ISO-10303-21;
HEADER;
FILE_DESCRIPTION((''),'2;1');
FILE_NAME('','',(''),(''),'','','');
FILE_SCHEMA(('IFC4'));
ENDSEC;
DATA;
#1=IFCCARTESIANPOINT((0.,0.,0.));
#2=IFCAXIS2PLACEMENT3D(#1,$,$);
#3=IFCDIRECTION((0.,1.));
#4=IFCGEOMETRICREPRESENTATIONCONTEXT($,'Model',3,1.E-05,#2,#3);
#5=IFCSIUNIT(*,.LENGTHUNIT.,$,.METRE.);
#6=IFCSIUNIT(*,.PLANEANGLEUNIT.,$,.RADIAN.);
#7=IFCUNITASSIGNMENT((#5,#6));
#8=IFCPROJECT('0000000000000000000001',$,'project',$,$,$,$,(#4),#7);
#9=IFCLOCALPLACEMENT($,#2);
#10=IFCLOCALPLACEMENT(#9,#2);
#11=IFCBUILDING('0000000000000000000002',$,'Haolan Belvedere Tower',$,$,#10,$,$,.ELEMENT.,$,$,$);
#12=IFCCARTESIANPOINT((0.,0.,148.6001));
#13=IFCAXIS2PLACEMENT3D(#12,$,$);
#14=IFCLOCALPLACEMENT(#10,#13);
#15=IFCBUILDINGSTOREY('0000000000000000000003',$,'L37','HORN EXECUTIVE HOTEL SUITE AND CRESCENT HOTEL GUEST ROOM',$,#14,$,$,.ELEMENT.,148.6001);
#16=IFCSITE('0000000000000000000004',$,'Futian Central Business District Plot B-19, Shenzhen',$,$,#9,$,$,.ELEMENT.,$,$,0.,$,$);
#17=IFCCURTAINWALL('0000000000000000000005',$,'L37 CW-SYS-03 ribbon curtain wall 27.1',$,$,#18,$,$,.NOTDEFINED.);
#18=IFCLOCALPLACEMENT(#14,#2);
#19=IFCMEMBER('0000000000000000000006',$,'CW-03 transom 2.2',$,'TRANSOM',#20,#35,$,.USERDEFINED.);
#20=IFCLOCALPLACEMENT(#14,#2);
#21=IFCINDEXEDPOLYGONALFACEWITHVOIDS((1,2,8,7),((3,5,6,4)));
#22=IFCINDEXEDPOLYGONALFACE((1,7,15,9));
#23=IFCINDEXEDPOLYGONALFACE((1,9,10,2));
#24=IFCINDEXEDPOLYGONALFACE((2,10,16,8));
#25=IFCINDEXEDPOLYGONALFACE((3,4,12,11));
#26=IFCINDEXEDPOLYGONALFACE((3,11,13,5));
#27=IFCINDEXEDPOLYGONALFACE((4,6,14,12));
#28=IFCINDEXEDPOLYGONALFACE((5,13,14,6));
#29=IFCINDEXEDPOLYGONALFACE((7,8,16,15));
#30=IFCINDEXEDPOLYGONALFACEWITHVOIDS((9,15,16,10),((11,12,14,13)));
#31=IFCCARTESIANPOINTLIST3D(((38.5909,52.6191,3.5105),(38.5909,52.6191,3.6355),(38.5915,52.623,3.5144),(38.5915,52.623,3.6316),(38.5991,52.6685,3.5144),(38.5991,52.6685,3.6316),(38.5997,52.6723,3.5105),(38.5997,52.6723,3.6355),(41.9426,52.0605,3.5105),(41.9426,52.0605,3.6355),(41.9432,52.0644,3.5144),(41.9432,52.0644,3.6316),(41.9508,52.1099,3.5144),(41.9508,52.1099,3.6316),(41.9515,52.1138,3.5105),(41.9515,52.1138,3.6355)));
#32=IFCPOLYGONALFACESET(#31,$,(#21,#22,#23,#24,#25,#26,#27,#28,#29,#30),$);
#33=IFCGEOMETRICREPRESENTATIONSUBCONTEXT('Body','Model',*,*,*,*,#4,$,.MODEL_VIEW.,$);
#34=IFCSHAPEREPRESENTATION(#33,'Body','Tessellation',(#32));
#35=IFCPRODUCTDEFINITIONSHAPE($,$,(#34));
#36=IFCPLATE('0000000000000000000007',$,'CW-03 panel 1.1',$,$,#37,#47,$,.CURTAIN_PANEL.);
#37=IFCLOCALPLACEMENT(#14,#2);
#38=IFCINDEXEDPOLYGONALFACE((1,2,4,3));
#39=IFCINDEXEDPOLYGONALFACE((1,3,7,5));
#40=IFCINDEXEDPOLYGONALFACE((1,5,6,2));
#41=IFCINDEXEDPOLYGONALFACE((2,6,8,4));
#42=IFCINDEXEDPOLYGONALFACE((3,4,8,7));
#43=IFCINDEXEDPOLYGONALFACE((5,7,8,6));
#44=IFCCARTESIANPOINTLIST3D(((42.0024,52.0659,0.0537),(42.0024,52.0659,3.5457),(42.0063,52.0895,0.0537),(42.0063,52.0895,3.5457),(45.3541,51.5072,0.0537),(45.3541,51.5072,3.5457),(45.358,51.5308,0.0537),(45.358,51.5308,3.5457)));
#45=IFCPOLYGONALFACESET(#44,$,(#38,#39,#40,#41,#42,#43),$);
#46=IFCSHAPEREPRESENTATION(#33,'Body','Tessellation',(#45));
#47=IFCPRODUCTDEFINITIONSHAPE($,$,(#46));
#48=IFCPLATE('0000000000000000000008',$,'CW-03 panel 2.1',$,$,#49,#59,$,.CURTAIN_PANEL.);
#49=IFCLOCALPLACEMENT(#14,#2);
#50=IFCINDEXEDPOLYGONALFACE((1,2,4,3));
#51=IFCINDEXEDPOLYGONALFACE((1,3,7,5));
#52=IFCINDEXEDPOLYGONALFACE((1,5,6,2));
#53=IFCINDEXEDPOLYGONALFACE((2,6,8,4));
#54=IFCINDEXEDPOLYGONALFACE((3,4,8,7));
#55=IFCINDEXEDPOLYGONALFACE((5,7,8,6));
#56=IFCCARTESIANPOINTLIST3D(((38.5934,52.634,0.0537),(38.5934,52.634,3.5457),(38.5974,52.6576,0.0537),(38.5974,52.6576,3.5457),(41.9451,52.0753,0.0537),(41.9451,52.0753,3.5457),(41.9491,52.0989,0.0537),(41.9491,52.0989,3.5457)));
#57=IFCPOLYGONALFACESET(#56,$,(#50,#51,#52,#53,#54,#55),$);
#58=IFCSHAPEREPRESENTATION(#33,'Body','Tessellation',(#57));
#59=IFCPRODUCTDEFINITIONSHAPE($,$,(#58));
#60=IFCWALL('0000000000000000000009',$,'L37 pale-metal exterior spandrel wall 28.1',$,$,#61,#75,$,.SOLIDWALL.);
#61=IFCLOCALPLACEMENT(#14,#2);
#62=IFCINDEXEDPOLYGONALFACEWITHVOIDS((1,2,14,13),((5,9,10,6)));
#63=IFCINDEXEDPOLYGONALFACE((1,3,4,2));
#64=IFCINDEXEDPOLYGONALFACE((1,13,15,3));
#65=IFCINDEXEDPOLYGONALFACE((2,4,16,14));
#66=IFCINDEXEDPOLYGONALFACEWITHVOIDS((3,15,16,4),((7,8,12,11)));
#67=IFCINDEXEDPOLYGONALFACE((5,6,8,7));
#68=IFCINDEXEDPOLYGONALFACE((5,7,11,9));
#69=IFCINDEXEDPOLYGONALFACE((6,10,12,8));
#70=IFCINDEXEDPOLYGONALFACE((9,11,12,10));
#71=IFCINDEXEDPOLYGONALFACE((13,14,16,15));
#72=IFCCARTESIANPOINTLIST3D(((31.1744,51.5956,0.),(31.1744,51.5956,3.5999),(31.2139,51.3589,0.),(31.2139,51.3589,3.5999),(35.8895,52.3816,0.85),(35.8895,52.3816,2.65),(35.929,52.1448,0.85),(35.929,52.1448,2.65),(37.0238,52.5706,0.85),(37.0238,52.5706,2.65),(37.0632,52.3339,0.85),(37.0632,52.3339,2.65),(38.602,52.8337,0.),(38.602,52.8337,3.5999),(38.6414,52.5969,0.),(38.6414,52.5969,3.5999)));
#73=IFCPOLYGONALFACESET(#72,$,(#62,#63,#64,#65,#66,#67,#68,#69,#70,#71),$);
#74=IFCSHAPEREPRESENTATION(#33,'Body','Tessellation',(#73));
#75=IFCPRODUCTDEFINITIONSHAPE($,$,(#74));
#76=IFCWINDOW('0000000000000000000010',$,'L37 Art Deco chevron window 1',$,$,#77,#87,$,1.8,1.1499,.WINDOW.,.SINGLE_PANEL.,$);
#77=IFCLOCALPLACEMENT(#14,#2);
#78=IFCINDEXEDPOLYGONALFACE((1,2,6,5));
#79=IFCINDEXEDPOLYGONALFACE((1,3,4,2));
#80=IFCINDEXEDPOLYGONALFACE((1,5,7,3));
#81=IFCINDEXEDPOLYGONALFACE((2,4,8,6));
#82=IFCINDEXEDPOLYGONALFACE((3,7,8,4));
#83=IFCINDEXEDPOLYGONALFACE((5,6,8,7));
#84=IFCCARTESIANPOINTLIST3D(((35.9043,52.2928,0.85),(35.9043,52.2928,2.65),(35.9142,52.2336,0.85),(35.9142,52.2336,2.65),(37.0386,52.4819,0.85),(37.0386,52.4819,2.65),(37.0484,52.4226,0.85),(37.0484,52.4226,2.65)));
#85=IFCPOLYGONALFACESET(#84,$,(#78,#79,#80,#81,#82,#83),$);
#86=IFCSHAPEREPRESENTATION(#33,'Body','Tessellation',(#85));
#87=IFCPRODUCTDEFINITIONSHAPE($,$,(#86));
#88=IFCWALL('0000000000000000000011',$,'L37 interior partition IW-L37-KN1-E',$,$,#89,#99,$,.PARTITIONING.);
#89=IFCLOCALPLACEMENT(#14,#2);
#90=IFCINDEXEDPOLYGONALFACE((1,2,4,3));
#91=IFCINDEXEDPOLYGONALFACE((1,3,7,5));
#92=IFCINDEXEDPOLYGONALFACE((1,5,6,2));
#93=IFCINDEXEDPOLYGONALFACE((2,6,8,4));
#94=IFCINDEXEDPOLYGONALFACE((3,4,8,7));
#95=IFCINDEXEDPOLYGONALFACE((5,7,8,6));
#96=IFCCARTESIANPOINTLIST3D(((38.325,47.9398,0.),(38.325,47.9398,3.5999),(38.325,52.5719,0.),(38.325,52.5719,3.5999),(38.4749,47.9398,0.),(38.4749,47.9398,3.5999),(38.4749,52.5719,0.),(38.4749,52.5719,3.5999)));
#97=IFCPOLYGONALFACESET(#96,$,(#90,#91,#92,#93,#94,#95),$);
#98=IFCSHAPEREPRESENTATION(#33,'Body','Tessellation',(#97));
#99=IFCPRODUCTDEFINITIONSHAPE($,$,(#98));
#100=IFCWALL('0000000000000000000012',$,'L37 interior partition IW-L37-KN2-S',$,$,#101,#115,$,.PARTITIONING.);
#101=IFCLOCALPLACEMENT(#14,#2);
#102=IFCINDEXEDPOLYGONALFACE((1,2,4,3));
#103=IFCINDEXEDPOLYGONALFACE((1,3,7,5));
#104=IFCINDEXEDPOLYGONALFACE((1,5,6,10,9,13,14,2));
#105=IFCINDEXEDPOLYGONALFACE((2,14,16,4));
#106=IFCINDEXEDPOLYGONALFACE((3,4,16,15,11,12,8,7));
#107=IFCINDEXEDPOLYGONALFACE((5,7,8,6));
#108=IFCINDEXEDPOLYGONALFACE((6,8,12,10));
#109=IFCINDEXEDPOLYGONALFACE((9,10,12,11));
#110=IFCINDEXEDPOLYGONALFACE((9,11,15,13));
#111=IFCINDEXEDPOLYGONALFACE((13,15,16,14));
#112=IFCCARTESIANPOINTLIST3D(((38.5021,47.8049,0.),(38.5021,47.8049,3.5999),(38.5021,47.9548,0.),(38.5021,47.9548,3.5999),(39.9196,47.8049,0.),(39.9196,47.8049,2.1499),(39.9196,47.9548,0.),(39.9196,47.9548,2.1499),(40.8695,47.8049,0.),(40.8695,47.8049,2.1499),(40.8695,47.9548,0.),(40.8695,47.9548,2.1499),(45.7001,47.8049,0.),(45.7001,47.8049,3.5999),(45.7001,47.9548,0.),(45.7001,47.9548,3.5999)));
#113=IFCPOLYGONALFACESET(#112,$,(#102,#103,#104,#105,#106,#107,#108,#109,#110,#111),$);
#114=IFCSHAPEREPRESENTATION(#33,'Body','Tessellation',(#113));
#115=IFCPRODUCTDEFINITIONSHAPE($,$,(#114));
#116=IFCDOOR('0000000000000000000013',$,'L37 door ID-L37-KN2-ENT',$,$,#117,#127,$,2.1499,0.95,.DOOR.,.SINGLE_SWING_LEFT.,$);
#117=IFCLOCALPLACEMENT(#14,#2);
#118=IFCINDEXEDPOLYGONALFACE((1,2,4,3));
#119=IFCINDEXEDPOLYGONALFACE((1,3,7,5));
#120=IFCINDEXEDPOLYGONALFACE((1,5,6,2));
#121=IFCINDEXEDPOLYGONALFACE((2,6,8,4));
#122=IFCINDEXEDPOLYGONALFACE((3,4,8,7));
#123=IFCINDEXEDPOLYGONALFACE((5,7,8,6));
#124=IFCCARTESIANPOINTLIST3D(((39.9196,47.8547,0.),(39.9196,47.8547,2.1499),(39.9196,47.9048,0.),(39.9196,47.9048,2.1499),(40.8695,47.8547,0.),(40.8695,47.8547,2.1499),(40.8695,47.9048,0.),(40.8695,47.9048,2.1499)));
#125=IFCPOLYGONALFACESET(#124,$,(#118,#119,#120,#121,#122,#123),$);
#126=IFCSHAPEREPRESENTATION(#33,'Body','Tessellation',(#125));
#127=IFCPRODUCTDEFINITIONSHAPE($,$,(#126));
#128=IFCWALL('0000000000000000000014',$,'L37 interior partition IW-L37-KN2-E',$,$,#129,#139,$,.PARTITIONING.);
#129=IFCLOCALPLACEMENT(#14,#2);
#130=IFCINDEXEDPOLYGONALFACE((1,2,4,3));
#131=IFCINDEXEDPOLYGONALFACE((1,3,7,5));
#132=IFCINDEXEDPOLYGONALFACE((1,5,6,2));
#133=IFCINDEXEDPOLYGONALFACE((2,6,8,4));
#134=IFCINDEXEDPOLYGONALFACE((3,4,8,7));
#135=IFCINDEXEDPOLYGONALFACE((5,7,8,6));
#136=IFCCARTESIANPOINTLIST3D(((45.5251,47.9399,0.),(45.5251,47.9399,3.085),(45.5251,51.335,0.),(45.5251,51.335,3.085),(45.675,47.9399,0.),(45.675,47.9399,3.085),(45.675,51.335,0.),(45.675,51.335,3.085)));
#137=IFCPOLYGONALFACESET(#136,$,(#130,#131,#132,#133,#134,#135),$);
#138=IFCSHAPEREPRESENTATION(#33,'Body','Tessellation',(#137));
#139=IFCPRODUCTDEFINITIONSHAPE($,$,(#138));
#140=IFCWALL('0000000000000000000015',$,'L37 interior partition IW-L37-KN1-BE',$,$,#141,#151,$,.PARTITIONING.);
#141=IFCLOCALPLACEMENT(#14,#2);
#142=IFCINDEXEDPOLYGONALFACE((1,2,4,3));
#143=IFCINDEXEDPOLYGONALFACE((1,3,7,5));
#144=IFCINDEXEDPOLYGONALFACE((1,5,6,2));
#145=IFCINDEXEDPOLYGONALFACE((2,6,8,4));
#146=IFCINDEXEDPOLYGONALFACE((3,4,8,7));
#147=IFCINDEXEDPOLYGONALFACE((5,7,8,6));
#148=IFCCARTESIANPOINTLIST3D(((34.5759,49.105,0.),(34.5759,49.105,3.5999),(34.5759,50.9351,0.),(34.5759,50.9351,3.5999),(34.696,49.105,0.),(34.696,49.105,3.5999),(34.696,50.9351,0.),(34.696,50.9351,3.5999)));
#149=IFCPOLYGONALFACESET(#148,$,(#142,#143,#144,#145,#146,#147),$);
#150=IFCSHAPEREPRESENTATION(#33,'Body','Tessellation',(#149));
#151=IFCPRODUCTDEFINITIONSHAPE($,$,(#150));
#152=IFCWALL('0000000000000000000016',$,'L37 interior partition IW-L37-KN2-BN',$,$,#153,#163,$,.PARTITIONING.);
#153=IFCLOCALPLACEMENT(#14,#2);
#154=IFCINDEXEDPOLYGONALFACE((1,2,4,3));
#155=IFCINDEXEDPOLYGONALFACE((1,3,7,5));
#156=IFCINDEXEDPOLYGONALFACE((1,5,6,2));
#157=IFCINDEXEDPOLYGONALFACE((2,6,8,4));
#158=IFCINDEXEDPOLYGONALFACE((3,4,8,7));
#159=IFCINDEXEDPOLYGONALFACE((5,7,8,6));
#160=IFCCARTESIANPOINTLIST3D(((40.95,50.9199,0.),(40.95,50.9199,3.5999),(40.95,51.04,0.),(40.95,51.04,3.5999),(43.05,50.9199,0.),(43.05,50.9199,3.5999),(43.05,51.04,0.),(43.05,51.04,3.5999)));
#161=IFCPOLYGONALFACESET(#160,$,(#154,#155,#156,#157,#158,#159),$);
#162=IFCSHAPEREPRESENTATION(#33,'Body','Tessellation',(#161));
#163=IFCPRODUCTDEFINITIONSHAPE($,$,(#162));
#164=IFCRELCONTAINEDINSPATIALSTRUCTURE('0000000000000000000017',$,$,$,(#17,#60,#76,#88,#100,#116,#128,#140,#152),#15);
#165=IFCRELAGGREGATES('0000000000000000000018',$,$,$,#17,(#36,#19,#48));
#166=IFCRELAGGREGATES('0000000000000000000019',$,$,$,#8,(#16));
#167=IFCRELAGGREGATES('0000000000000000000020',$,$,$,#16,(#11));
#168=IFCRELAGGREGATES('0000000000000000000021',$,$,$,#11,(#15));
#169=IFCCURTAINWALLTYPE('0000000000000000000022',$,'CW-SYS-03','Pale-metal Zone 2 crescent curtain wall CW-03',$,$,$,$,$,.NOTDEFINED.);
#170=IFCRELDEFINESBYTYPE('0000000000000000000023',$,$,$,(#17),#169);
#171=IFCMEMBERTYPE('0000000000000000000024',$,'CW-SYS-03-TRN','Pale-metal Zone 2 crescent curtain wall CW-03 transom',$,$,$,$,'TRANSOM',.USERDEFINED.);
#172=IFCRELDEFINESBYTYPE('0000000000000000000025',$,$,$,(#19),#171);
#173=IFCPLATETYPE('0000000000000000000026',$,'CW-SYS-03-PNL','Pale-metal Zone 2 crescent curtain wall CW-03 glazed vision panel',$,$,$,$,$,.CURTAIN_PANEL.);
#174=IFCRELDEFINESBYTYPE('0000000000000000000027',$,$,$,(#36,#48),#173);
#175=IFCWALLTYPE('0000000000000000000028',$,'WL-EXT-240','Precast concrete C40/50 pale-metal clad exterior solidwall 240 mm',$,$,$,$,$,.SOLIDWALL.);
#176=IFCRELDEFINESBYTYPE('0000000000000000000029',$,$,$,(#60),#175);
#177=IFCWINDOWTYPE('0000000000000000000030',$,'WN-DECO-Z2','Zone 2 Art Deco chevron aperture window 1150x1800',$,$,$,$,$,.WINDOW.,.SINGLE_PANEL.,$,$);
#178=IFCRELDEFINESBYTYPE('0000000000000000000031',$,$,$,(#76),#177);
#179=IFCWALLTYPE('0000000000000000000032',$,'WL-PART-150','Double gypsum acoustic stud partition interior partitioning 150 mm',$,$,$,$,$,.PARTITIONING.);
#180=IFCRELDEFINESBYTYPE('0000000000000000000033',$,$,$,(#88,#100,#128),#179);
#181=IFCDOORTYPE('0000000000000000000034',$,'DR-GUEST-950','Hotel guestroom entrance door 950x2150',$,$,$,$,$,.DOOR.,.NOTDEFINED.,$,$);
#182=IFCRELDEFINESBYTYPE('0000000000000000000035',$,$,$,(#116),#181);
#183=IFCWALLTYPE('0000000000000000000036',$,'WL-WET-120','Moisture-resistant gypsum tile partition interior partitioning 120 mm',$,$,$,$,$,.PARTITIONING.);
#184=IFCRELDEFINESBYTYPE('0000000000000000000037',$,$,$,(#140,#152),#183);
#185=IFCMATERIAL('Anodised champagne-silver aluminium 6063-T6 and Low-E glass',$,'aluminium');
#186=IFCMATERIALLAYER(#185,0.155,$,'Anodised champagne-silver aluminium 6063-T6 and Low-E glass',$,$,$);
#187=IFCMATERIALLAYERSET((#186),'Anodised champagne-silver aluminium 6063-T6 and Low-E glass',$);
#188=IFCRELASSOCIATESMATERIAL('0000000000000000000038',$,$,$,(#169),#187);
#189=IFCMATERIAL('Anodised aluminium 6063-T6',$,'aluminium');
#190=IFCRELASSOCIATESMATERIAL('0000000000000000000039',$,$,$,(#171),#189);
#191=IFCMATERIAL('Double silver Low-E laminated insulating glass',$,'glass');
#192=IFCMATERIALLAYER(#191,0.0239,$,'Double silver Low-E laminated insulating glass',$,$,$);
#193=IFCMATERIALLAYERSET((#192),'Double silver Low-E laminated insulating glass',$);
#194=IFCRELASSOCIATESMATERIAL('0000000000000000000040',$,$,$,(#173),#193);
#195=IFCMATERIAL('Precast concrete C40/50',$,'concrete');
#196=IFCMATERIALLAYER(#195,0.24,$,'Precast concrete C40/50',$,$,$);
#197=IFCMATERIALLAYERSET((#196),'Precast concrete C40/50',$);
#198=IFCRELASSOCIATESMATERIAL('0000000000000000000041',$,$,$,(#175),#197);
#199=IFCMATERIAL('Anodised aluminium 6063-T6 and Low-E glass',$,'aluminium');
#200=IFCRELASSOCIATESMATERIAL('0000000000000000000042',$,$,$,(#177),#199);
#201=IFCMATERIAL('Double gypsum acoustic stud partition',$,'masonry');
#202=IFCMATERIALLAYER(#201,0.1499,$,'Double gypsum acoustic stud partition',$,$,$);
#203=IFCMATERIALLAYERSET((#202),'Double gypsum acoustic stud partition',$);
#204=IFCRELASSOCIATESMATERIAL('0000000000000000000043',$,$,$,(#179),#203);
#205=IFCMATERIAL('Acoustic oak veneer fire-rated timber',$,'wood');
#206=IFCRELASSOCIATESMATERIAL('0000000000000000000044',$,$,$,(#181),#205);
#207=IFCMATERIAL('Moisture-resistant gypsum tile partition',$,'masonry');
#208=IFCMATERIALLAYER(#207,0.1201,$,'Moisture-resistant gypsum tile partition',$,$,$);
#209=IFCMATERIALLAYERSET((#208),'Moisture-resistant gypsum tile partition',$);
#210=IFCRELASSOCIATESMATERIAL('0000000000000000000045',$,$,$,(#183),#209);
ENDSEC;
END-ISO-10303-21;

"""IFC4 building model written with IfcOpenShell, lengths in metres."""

from ifc_helpers import new_model, si_unit, direction, frame, frame_2d, origin, origin_2d, place, context, subcontext, project, spatial, rectangle, hollow_rectangle, extrude, material, layer, layer_set, material_profile, profile_set, type_object, element, fill, aggregate, save


model = new_model("IFC4")

# Units and contexts
model_context = context("Model", 3, precision=1e-05, world=origin(), true_north=direction((0.0, 1.0)))
body_context = subcontext(model_context, "Body", "Model", "MODEL_VIEW")
ifc_project = project(units=[si_unit("LENGTHUNIT", "METRE"), si_unit("PLANEANGLEUNIT", "RADIAN")], contexts=[model_context])

# Site, building, storey
site_placement = place(None, origin())
site = spatial("IfcSite", under=ifc_project, at=site_placement, Name="Futian Central Business District Plot B-19, Shenzhen", CompositionType="ELEMENT", RefElevation=0.0)
building_placement = place(site_placement, origin())
building = spatial("IfcBuilding", under=site, at=building_placement, Name="Haolan Belvedere Tower", CompositionType="ELEMENT")
storey_placement = place(building_placement, frame((0.0, 0.0, 148.6001)))
storey = spatial("IfcBuildingStorey", under=building, at=storey_placement, Name="L37", Description="HORN EXECUTIVE HOTEL SUITE AND CRESCENT HOTEL GUEST ROOM", CompositionType="ELEMENT", Elevation=148.6001)

# Curtain wall, member, plates
ifc_material_1 = material(Name="Anodised champagne-silver aluminium 6063-T6 and Low-E glass", Category="aluminium")
ifc_layer_1 = layer(ifc_material_1, 0.155, Name="Anodised champagne-silver aluminium 6063-T6 and Low-E glass")
ifc_layer_set_1 = layer_set([ifc_layer_1], Name="Anodised champagne-silver aluminium 6063-T6 and Low-E glass")
curtain_wall_type = type_object("IfcCurtainWallType", Name="CW-SYS-03", Description="Pale-metal Zone 2 crescent curtain wall CW-03", PredefinedType="NOTDEFINED", material=ifc_layer_set_1)
curtain_wall_placement = place(storey_placement, origin())
curtain_wall = element("IfcCurtainWall", 1, at=curtain_wall_placement, inside=storey, type_object=curtain_wall_type, Name="L37 CW-SYS-03 ribbon curtain wall 27.1", PredefinedType="NOTDEFINED")
ifc_material_2 = material(Name="Anodised aluminium 6063-T6", Category="aluminium")
ifc_material_profile_1 = material_profile(ifc_material_2, hollow_rectangle(XDim=0.054, YDim=0.125, WallThickness=0.0039, at=origin_2d()), Name="Anodised aluminium 6063-T6")
ifc_profile_set_1 = profile_set([ifc_material_profile_1], Name="Anodised aluminium 6063-T6")
member_type_1 = type_object("IfcMemberType", Name="CW-SYS-03-TRN", Description="Pale-metal Zone 2 crescent curtain wall CW-03 transom", ElementType="TRANSOM", PredefinedType="USERDEFINED", material=ifc_profile_set_1)
member_1_placement = place(storey_placement, frame((41.947, 52.0872, 3.573), z_axis=(-0.986396, 0.164387, 0.0), x_axis=(-0.164387, -0.986396, 0.0)))
member_1 = element("IfcMember", 2, at=member_1_placement, type_object=member_type_1, Name="CW-03 transom 2.2", ObjectType="TRANSOM", PredefinedType="USERDEFINED", context=body_context, shape_type="SweptSolid", body=[
    extrude(hollow_rectangle(XDim=0.054, YDim=0.125, WallThickness=0.0039, at=origin_2d()), origin(), (0.0, 0.0, 1.0), 3.3979),
])
ifc_material_3 = material(Name="Double silver Low-E laminated insulating glass", Category="glass")
ifc_layer_2 = layer(ifc_material_3, 0.0239, Name="Double silver Low-E laminated insulating glass")
ifc_layer_set_2 = layer_set([ifc_layer_2], Name="Double silver Low-E laminated insulating glass")
plate_type = type_object("IfcPlateType", Name="CW-SYS-03-PNL", Description="Pale-metal Zone 2 crescent curtain wall CW-03 glazed vision panel", PredefinedType="CURTAIN_PANEL", material=ifc_layer_set_2)
plate_1_placement = place(storey_placement, frame((43.6802, 51.7983, 0.0537), z_axis=(0.0, 0.0, 1.0), x_axis=(-0.986393, 0.164404, 0.0)))
plate_1 = element("IfcPlate", 3, at=plate_1_placement, type_object=plate_type, Name="CW-03 panel 1.1", PredefinedType="CURTAIN_PANEL", context=body_context, shape_type="SweptSolid", body=[
    extrude(rectangle(XDim=3.3979, YDim=0.0239, at=origin_2d()), origin(), (0.0, 0.0, 1.0), 3.4919),
])
plate_2_placement = place(storey_placement, frame((40.2712, 52.3665, 0.0537), z_axis=(0.0, 0.0, 1.0), x_axis=(-0.986393, 0.164404, 0.0)))
plate_2 = element("IfcPlate", 4, at=plate_2_placement, type_object=plate_type, Name="CW-03 panel 2.1", PredefinedType="CURTAIN_PANEL", context=body_context, shape_type="SweptSolid", body=[
    extrude(rectangle(XDim=3.3979, YDim=0.0239, at=origin_2d()), origin(), (0.0, 0.0, 1.0), 3.4919),
])
aggregate(curtain_wall, [plate_1, member_1, plate_2])

# Wall, opening, window
ifc_material_4 = material(Name="Precast concrete C40/50", Category="concrete")
ifc_layer_3 = layer(ifc_material_4, 0.24, Name="Precast concrete C40/50")
ifc_layer_set_3 = layer_set([ifc_layer_3], Name="Precast concrete C40/50")
wall_type_1 = type_object("IfcWallType", Name="WL-EXT-240", Description="Precast concrete C40/50 pale-metal clad exterior solidwall 240 mm", PredefinedType="SOLIDWALL", material=ifc_layer_set_3)
wall_1_placement = place(storey_placement, frame((38.6218, 52.7153, 0.0), z_axis=(0.0, 0.0, 1.0), x_axis=(-0.986391, -0.164415, 0.0)))
wall_1 = element("IfcWall", 5, at=wall_1_placement, inside=storey, type_object=wall_type_1, Name="L37 pale-metal exterior spandrel wall 28.1", PredefinedType="SOLIDWALL", context=body_context, shape_type="SweptSolid", body=[
    extrude(rectangle(XDim=7.53, YDim=0.24, at=frame_2d((3.7651, 0.0))), origin(), (0.0, 0.0, 1.0), 3.5999),
])
opening_1_placement = place(wall_1_placement, frame((1.6001, 0.0, 0.8501)))
opening_1 = element("IfcOpeningElement", 6, at=opening_1_placement, cuts=wall_1, PredefinedType="OPENING", context=body_context, shape_type="SweptSolid", body=[
    extrude(rectangle(XDim=1.1499, YDim=1.8, at=frame_2d((0.575, 0.8999))), frame((0.0, 0.1299, 0.0), z_axis=(0.0, -1.0, 0.0), x_axis=(1.0, 0.0, 0.0)), (0.0, 0.0, 1.0), 0.26),
])
ifc_material_5 = material(Name="Anodised aluminium 6063-T6 and Low-E glass", Category="aluminium")
window_type = type_object("IfcWindowType", Name="WN-DECO-Z2", Description="Zone 2 Art Deco chevron aperture window 1150x1800", PartitioningType="SINGLE_PANEL", PredefinedType="WINDOW", material=ifc_material_5)
window_placement = place(opening_1_placement, origin())
window = element("IfcWindow", 7, at=window_placement, inside=storey, type_object=window_type, Name="L37 Art Deco chevron window 1", OverallHeight=1.8, OverallWidth=1.1499, PartitioningType="SINGLE_PANEL", PredefinedType="WINDOW", context=body_context, shape_type="SweptSolid", body=[
    extrude(rectangle(XDim=1.1499, YDim=1.8, at=frame_2d((0.575, 0.8999))), frame((0.0, 0.03, 0.0), z_axis=(0.0, -1.0, 0.0), x_axis=(1.0, 0.0, 0.0)), (0.0, 0.0, 1.0), 0.0601),
])
fill(opening_1, window)

# Wall
ifc_material_6 = material(Name="Double gypsum acoustic stud partition", Category="masonry")
ifc_layer_4 = layer(ifc_material_6, 0.1499, Name="Double gypsum acoustic stud partition")
ifc_layer_set_4 = layer_set([ifc_layer_4], Name="Double gypsum acoustic stud partition")
wall_type_2 = type_object("IfcWallType", Name="WL-PART-150", Description="Double gypsum acoustic stud partition interior partitioning 150 mm", PredefinedType="PARTITIONING", material=ifc_layer_set_4)
wall_2_placement = place(storey_placement, frame((38.3999, 47.9399, 0.0), z_axis=(0.0, 0.0, 1.0), x_axis=(0.0, 1.0, 0.0)))
element("IfcWall", 8, at=wall_2_placement, inside=storey, type_object=wall_type_2, Name="L37 interior partition IW-L37-KN1-E", PredefinedType="PARTITIONING", context=body_context, shape_type="SweptSolid", body=[
    extrude(rectangle(XDim=4.6321, YDim=0.1499, at=frame_2d((2.3159, 0.0))), origin(), (0.0, 0.0, 1.0), 3.5999),
])

# Wall, opening, door
wall_3_placement = place(storey_placement, frame((38.502, 47.8799, 0.0), z_axis=(0.0, 0.0, 1.0), x_axis=(1.0, 0.0, 0.0)))
wall_3 = element("IfcWall", 9, at=wall_3_placement, inside=storey, type_object=wall_type_2, Name="L37 interior partition IW-L37-KN2-S", PredefinedType="PARTITIONING", context=body_context, shape_type="SweptSolid", body=[
    extrude(rectangle(XDim=7.198, YDim=0.1499, at=frame_2d((3.5991, 0.0))), origin(), (0.0, 0.0, 1.0), 3.5999),
])
opening_2_placement = place(wall_3_placement, frame((1.4175, 0.0, 0.0)))
opening_2 = element("IfcOpeningElement", 10, at=opening_2_placement, cuts=wall_3, PredefinedType="OPENING", context=body_context, shape_type="SweptSolid", body=[
    extrude(rectangle(XDim=0.95, YDim=2.1499, at=frame_2d((0.4751, 1.075))), frame((0.0, 0.085, 0.0), z_axis=(0.0, -1.0, 0.0), x_axis=(1.0, 0.0, 0.0)), (0.0, 0.0, 1.0), 0.1699),
])
ifc_material_7 = material(Name="Acoustic oak veneer fire-rated timber", Category="wood")
door_type_1 = type_object("IfcDoorType", Name="DR-GUEST-950", Description="Hotel guestroom entrance door 950x2150", OperationType="NOTDEFINED", PredefinedType="DOOR", material=ifc_material_7)
door_1_placement = place(opening_2_placement, origin())
door_1 = element("IfcDoor", 11, at=door_1_placement, inside=storey, type_object=door_type_1, Name="L37 door ID-L37-KN2-ENT", OperationType="SINGLE_SWING_LEFT", OverallHeight=2.1499, OverallWidth=0.95, PredefinedType="DOOR", context=body_context, shape_type="SweptSolid", body=[
    extrude(rectangle(XDim=0.95, YDim=2.1499, at=frame_2d((0.4751, 1.075))), frame((0.0, 0.0249, 0.0), z_axis=(0.0, -1.0, 0.0), x_axis=(1.0, 0.0, 0.0)), (0.0, 0.0, 1.0), 0.05),
])
fill(opening_2, door_1)

# Walls
wall_4_placement = place(storey_placement, frame((45.6001, 47.9399, 0.0), z_axis=(0.0, 0.0, 1.0), x_axis=(0.0, 1.0, 0.0)))
element("IfcWall", 12, at=wall_4_placement, inside=storey, type_object=wall_type_2, Name="L37 interior partition IW-L37-KN2-E", PredefinedType="PARTITIONING", context=body_context, shape_type="SweptSolid", body=[
    extrude(rectangle(XDim=3.395, YDim=0.1499, at=frame_2d((1.6975, 0.0))), origin(), (0.0, 0.0, 1.0), 3.085),
])
ifc_material_8 = material(Name="Moisture-resistant gypsum tile partition", Category="masonry")
ifc_layer_5 = layer(ifc_material_8, 0.1201, Name="Moisture-resistant gypsum tile partition")
ifc_layer_set_5 = layer_set([ifc_layer_5], Name="Moisture-resistant gypsum tile partition")
wall_type_3 = type_object("IfcWallType", Name="WL-WET-120", Description="Moisture-resistant gypsum tile partition interior partitioning 120 mm", PredefinedType="PARTITIONING", material=ifc_layer_set_5)
wall_5_placement = place(storey_placement, frame((34.636, 49.105, 0.0), z_axis=(0.0, 0.0, 1.0), x_axis=(0.0, 1.0, 0.0)))
element("IfcWall", 13, at=wall_5_placement, inside=storey, type_object=wall_type_3, Name="L37 interior partition IW-L37-KN1-BE", PredefinedType="PARTITIONING", context=body_context, shape_type="SweptSolid", body=[
    extrude(rectangle(XDim=1.8301, YDim=0.1201, at=frame_2d((0.915, 0.0))), origin(), (0.0, 0.0, 1.0), 3.5999),
])
wall_6_placement = place(storey_placement, frame((40.95, 50.98, 0.0), z_axis=(0.0, 0.0, 1.0), x_axis=(1.0, 0.0, 0.0)))
element("IfcWall", 14, at=wall_6_placement, inside=storey, type_object=wall_type_3, Name="L37 interior partition IW-L37-KN2-BN", PredefinedType="PARTITIONING", context=body_context, shape_type="SweptSolid", body=[
    extrude(rectangle(XDim=2.1001, YDim=0.1201, at=frame_2d((1.05, 0.0))), origin(), (0.0, 0.0, 1.0), 3.5999),
])

save(model, "model.ifc")
